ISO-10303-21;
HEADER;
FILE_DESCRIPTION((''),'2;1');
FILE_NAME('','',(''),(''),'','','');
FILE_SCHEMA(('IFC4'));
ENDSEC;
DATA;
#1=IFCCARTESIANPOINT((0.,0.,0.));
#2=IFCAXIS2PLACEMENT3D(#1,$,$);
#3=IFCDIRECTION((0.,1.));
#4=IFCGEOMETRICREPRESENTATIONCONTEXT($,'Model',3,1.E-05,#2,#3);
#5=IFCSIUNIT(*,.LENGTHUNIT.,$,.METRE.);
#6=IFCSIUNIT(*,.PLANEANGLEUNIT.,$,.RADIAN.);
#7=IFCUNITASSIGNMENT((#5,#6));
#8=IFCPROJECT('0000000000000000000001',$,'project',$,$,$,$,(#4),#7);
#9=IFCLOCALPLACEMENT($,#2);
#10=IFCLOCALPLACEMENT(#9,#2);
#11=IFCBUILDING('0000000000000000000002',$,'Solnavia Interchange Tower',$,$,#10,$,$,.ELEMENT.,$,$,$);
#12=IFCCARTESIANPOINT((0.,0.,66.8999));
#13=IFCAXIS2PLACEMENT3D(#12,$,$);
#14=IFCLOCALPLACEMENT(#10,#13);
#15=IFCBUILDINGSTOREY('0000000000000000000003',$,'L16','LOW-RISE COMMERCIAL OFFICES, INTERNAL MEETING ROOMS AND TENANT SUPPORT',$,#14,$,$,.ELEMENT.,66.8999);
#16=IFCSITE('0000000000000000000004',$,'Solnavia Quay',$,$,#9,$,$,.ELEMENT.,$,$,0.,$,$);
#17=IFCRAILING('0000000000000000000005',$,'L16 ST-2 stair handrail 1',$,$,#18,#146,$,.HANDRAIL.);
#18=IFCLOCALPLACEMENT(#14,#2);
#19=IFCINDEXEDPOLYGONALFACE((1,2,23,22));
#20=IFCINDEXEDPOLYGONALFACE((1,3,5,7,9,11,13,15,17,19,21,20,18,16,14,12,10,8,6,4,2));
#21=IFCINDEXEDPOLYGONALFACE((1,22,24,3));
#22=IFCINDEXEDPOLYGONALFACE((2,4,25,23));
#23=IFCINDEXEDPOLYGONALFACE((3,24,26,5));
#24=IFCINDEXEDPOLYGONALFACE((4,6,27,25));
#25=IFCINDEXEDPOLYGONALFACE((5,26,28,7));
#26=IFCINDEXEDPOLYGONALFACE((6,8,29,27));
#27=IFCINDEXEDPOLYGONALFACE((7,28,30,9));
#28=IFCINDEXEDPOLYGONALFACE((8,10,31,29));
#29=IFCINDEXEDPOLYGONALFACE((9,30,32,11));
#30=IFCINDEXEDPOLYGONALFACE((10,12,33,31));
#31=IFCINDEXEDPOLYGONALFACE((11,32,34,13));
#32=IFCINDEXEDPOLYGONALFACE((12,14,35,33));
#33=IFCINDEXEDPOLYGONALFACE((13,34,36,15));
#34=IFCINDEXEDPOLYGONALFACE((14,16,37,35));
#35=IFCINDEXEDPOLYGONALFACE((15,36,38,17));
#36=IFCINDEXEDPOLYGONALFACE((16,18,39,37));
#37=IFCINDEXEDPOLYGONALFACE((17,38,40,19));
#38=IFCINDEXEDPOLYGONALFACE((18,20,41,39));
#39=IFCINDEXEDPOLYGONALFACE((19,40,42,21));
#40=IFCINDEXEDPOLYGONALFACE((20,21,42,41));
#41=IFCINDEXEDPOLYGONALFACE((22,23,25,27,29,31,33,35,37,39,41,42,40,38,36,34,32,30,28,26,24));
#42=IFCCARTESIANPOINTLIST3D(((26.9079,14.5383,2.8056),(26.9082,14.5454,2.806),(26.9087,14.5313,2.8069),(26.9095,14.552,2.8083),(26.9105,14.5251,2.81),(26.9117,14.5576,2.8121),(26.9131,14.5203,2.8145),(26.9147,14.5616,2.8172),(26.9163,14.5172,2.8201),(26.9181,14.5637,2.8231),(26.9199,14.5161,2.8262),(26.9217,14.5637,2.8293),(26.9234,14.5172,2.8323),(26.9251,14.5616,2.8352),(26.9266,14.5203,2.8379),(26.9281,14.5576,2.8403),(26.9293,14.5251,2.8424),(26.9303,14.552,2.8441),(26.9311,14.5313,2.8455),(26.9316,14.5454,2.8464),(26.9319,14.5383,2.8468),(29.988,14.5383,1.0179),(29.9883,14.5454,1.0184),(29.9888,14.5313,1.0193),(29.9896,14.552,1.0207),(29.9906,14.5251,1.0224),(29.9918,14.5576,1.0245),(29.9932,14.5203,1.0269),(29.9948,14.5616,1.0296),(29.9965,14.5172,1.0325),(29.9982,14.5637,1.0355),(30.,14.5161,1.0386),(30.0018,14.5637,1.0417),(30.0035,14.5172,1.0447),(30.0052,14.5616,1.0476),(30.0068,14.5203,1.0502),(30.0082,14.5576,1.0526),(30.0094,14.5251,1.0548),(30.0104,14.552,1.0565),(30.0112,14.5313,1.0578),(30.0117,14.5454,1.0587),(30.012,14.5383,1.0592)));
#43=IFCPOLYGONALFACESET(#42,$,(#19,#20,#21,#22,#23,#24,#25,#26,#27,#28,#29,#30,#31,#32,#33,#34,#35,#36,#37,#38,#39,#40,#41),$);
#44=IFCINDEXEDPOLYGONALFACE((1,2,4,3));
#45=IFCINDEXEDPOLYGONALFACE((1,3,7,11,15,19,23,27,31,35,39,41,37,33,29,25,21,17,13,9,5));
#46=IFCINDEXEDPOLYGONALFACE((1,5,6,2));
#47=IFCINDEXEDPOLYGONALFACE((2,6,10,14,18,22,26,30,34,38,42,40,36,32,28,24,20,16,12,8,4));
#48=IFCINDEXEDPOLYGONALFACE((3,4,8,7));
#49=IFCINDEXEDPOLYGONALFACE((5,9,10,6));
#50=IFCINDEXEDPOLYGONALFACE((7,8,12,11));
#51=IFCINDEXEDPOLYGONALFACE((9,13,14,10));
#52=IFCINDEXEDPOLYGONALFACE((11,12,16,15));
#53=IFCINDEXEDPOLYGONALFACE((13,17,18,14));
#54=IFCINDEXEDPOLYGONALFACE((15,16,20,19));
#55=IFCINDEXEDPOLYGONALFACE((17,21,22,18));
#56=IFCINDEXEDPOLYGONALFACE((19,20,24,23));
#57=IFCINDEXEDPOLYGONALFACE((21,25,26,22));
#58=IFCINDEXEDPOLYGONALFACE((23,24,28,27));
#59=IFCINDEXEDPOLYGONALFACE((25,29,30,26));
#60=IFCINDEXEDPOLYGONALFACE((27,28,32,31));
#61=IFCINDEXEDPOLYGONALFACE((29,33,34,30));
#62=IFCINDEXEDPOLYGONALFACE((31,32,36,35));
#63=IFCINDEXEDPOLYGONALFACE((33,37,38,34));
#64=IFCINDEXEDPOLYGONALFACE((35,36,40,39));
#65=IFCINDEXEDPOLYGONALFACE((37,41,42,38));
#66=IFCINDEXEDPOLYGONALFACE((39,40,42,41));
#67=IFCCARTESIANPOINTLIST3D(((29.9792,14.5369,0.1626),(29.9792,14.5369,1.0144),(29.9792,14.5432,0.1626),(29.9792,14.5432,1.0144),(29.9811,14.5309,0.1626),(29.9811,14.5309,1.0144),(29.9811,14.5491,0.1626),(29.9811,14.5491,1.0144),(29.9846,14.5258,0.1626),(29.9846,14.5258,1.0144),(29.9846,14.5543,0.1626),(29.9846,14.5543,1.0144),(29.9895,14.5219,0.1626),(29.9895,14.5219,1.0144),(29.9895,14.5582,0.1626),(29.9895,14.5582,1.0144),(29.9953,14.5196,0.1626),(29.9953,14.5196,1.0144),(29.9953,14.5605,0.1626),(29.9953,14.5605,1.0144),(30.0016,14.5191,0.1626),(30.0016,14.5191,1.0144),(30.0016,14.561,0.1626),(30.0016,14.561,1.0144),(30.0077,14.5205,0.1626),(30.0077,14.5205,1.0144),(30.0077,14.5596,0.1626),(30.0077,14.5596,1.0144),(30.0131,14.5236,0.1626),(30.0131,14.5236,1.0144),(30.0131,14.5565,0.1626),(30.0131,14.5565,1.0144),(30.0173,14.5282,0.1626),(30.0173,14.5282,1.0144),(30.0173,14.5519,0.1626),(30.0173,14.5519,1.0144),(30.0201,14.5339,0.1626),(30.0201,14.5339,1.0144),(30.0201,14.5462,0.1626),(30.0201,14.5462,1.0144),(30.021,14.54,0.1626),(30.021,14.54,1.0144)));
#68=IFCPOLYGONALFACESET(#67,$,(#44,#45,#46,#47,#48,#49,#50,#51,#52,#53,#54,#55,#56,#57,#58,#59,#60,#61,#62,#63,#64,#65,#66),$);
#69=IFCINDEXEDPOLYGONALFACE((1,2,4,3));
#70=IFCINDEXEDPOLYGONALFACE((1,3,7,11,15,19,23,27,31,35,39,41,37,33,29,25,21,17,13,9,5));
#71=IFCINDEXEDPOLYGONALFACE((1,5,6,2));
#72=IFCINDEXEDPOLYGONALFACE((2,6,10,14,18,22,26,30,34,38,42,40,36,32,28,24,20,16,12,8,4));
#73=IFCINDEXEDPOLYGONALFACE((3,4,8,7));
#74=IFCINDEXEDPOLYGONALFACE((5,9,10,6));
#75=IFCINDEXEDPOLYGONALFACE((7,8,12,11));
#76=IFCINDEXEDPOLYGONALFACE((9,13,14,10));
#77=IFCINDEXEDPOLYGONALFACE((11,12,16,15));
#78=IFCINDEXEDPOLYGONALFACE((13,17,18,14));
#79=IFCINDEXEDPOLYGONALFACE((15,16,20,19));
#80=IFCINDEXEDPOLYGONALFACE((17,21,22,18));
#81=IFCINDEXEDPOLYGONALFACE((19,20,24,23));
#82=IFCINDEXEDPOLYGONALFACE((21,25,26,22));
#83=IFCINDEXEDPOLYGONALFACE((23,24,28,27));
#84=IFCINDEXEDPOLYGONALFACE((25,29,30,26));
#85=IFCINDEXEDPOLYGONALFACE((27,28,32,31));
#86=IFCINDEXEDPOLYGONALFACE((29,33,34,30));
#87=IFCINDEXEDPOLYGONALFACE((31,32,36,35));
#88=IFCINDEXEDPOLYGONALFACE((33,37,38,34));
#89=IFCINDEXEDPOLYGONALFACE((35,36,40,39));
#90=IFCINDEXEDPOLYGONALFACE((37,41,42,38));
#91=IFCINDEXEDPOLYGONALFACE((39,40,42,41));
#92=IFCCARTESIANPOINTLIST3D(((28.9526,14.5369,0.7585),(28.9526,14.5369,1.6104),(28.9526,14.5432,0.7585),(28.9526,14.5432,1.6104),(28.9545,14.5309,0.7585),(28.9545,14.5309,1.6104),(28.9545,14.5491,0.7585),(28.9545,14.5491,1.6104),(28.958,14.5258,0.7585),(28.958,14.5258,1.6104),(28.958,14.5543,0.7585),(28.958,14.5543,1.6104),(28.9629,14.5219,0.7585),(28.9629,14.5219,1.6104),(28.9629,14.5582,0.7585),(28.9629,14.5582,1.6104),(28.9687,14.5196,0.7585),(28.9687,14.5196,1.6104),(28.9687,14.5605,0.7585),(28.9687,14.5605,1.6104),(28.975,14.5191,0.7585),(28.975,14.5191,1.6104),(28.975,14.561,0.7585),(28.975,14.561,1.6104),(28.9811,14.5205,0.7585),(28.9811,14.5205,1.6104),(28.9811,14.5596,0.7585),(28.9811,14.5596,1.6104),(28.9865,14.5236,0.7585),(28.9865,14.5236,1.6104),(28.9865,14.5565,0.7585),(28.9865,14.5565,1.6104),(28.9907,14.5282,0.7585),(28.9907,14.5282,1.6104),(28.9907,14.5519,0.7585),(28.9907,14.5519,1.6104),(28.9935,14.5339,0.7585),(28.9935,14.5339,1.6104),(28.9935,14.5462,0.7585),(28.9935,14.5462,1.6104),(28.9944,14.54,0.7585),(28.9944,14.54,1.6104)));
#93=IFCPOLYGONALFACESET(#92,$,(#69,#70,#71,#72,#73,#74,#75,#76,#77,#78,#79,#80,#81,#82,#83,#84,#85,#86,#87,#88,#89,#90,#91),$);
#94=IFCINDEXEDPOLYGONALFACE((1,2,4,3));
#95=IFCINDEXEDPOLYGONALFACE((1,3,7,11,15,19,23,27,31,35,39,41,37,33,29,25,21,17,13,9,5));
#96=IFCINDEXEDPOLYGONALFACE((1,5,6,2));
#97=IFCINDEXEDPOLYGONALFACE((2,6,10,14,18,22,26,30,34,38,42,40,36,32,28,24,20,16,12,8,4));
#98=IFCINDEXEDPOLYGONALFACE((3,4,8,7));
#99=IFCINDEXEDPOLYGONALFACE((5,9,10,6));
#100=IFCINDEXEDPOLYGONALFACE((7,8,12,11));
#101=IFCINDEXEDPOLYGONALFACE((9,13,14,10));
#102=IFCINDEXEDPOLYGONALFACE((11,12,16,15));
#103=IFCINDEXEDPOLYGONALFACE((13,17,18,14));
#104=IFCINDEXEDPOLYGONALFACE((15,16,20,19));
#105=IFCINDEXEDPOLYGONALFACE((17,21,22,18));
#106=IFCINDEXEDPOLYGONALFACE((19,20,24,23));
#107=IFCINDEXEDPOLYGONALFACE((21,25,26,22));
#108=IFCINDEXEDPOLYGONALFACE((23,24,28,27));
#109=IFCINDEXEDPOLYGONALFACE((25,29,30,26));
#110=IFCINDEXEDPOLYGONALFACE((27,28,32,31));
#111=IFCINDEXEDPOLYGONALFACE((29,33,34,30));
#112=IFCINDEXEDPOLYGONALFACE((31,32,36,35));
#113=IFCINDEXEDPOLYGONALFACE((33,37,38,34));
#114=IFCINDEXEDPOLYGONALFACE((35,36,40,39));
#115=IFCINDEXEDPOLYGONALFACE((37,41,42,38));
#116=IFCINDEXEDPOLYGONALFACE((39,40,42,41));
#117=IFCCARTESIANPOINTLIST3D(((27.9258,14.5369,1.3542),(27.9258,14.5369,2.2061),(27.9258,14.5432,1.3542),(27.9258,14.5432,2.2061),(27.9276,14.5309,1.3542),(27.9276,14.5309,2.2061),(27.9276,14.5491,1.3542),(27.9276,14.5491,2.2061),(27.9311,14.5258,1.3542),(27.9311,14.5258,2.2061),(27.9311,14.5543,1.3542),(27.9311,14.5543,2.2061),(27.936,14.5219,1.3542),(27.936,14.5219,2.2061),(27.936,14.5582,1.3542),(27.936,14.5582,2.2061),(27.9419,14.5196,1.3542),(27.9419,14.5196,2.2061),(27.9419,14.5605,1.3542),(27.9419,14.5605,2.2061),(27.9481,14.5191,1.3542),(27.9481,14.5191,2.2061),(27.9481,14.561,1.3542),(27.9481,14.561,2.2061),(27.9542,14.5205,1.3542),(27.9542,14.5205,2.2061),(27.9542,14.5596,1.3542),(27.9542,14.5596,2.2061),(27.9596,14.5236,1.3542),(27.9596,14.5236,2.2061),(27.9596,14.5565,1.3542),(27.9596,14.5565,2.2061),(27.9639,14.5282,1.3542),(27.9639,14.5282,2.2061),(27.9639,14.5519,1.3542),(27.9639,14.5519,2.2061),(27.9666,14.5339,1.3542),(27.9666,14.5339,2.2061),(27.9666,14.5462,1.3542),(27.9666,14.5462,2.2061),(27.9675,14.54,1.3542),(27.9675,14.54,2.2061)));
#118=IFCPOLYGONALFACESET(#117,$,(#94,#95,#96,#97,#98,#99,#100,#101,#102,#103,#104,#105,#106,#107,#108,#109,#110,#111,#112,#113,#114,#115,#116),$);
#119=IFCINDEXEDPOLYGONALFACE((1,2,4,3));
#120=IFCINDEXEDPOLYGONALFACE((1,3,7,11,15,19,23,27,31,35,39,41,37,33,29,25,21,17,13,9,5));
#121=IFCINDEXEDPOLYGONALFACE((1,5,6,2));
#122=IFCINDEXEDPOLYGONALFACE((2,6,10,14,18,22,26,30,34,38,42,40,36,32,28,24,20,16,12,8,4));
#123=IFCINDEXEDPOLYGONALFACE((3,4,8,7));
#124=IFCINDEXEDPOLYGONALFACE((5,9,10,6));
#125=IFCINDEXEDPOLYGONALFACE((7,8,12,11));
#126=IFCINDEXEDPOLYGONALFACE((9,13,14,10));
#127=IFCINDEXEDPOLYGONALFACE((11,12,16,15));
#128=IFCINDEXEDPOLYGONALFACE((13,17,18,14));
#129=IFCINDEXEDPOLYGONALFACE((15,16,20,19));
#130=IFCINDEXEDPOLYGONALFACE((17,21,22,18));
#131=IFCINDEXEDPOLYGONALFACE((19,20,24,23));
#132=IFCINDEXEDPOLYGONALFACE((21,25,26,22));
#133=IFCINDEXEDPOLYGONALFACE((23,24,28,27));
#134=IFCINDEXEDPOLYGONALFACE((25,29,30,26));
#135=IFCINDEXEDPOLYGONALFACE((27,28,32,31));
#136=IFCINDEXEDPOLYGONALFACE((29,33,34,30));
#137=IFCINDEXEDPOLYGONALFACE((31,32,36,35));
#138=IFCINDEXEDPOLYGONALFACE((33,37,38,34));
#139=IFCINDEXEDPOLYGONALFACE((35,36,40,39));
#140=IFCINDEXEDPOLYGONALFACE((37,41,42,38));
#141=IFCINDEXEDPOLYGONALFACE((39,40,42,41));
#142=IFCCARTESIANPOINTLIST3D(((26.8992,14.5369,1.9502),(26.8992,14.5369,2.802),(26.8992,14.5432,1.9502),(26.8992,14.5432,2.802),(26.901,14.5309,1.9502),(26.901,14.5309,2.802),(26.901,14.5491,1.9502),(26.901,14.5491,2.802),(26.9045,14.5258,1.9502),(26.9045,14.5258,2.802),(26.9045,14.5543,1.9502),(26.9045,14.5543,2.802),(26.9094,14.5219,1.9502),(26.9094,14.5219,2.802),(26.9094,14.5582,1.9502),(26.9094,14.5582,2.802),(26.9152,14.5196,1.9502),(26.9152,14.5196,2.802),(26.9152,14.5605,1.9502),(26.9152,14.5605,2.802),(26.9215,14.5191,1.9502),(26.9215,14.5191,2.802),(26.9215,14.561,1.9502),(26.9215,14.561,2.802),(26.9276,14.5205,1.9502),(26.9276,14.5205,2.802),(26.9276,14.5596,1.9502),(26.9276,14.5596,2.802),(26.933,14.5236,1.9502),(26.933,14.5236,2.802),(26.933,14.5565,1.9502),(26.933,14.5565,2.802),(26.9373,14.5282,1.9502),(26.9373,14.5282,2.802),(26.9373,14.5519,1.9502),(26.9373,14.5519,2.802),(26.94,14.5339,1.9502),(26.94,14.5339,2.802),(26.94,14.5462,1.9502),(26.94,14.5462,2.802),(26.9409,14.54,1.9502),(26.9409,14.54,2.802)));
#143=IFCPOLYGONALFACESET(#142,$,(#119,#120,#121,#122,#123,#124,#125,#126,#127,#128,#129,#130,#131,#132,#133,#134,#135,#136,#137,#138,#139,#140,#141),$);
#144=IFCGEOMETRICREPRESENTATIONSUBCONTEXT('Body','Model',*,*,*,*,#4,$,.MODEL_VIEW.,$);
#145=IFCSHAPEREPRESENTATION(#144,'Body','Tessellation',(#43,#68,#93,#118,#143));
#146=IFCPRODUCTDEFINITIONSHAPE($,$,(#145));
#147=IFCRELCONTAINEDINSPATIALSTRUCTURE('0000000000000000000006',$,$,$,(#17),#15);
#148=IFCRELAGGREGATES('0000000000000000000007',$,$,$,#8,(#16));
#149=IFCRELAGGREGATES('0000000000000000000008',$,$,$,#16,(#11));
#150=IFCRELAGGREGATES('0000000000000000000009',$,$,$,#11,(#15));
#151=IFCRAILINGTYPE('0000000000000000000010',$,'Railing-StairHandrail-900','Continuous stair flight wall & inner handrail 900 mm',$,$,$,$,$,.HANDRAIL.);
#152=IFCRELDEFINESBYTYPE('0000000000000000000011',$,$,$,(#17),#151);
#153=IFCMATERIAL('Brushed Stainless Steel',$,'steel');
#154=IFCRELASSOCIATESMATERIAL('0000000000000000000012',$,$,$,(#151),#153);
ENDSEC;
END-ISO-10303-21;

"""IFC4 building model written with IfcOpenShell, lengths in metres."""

from ifc_helpers import new_model, si_unit, direction, frame, origin, origin_2d, place, context, subcontext, project, spatial, circle, extrude, material, type_object, element, save


model = new_model("IFC4")

# Units and contexts
model_context = context("Model", 3, precision=1e-05, world=origin(), true_north=direction((0.0, 1.0)))
body_context = subcontext(model_context, "Body", "Model", "MODEL_VIEW")
ifc_project = project(units=[si_unit("LENGTHUNIT", "METRE"), si_unit("PLANEANGLEUNIT", "RADIAN")], contexts=[model_context])

# Site, building, storey
site_placement = place(None, origin())
site = spatial("IfcSite", under=ifc_project, at=site_placement, Name="Solnavia Quay", CompositionType="ELEMENT", RefElevation=0.0)
building_placement = place(site_placement, origin())
building = spatial("IfcBuilding", under=site, at=building_placement, Name="Solnavia Interchange Tower", CompositionType="ELEMENT")
storey_placement = place(building_placement, frame((0.0, 0.0, 66.8999)))
storey = spatial("IfcBuildingStorey", under=building, at=storey_placement, Name="L16", Description="LOW-RISE COMMERCIAL OFFICES, INTERNAL MEETING ROOMS AND TENANT SUPPORT", CompositionType="ELEMENT", Elevation=66.8999)

# Railing
ifc_material_1 = material(Name="Brushed Stainless Steel", Category="steel")
railing_type_1 = type_object("IfcRailingType", Name="Railing-StairHandrail-900", Description="Continuous stair flight wall & inner handrail 900 mm", PredefinedType="HANDRAIL", material=ifc_material_1)
railing_1_placement = place(storey_placement, frame((30.0, 14.54, 0.1626)))
element("IfcRailing", 1, at=railing_1_placement, inside=storey, type_object=railing_type_1, Name="L16 ST-2 stair handrail 1", PredefinedType="HANDRAIL", context=body_context, shape_type="SweptSolid", body=[
    extrude(circle(Radius=0.0239, at=origin_2d()), frame((0.0, 0.0, 0.876), z_axis=(-0.864891, 0.0, 0.50196), x_axis=(0.0, -1.0, 0.0)), (0.0, 0.0, 1.0), 3.5613),
    extrude(circle(Radius=0.021, at=origin_2d()), origin(), (0.0, 0.0, 1.0), 0.8518),
    extrude(circle(Radius=0.021, at=origin_2d()), frame((-1.0266, 0.0, 0.5959)), (0.0, 0.0, 1.0), 0.8518),
    extrude(circle(Radius=0.021, at=origin_2d()), frame((-2.0535, 0.0, 1.1917)), (0.0, 0.0, 1.0), 0.8518),
    extrude(circle(Radius=0.021, at=origin_2d()), frame((-3.0801, 0.0, 1.7876)), (0.0, 0.0, 1.0), 0.8518),
])

save(model, "model.ifc")
